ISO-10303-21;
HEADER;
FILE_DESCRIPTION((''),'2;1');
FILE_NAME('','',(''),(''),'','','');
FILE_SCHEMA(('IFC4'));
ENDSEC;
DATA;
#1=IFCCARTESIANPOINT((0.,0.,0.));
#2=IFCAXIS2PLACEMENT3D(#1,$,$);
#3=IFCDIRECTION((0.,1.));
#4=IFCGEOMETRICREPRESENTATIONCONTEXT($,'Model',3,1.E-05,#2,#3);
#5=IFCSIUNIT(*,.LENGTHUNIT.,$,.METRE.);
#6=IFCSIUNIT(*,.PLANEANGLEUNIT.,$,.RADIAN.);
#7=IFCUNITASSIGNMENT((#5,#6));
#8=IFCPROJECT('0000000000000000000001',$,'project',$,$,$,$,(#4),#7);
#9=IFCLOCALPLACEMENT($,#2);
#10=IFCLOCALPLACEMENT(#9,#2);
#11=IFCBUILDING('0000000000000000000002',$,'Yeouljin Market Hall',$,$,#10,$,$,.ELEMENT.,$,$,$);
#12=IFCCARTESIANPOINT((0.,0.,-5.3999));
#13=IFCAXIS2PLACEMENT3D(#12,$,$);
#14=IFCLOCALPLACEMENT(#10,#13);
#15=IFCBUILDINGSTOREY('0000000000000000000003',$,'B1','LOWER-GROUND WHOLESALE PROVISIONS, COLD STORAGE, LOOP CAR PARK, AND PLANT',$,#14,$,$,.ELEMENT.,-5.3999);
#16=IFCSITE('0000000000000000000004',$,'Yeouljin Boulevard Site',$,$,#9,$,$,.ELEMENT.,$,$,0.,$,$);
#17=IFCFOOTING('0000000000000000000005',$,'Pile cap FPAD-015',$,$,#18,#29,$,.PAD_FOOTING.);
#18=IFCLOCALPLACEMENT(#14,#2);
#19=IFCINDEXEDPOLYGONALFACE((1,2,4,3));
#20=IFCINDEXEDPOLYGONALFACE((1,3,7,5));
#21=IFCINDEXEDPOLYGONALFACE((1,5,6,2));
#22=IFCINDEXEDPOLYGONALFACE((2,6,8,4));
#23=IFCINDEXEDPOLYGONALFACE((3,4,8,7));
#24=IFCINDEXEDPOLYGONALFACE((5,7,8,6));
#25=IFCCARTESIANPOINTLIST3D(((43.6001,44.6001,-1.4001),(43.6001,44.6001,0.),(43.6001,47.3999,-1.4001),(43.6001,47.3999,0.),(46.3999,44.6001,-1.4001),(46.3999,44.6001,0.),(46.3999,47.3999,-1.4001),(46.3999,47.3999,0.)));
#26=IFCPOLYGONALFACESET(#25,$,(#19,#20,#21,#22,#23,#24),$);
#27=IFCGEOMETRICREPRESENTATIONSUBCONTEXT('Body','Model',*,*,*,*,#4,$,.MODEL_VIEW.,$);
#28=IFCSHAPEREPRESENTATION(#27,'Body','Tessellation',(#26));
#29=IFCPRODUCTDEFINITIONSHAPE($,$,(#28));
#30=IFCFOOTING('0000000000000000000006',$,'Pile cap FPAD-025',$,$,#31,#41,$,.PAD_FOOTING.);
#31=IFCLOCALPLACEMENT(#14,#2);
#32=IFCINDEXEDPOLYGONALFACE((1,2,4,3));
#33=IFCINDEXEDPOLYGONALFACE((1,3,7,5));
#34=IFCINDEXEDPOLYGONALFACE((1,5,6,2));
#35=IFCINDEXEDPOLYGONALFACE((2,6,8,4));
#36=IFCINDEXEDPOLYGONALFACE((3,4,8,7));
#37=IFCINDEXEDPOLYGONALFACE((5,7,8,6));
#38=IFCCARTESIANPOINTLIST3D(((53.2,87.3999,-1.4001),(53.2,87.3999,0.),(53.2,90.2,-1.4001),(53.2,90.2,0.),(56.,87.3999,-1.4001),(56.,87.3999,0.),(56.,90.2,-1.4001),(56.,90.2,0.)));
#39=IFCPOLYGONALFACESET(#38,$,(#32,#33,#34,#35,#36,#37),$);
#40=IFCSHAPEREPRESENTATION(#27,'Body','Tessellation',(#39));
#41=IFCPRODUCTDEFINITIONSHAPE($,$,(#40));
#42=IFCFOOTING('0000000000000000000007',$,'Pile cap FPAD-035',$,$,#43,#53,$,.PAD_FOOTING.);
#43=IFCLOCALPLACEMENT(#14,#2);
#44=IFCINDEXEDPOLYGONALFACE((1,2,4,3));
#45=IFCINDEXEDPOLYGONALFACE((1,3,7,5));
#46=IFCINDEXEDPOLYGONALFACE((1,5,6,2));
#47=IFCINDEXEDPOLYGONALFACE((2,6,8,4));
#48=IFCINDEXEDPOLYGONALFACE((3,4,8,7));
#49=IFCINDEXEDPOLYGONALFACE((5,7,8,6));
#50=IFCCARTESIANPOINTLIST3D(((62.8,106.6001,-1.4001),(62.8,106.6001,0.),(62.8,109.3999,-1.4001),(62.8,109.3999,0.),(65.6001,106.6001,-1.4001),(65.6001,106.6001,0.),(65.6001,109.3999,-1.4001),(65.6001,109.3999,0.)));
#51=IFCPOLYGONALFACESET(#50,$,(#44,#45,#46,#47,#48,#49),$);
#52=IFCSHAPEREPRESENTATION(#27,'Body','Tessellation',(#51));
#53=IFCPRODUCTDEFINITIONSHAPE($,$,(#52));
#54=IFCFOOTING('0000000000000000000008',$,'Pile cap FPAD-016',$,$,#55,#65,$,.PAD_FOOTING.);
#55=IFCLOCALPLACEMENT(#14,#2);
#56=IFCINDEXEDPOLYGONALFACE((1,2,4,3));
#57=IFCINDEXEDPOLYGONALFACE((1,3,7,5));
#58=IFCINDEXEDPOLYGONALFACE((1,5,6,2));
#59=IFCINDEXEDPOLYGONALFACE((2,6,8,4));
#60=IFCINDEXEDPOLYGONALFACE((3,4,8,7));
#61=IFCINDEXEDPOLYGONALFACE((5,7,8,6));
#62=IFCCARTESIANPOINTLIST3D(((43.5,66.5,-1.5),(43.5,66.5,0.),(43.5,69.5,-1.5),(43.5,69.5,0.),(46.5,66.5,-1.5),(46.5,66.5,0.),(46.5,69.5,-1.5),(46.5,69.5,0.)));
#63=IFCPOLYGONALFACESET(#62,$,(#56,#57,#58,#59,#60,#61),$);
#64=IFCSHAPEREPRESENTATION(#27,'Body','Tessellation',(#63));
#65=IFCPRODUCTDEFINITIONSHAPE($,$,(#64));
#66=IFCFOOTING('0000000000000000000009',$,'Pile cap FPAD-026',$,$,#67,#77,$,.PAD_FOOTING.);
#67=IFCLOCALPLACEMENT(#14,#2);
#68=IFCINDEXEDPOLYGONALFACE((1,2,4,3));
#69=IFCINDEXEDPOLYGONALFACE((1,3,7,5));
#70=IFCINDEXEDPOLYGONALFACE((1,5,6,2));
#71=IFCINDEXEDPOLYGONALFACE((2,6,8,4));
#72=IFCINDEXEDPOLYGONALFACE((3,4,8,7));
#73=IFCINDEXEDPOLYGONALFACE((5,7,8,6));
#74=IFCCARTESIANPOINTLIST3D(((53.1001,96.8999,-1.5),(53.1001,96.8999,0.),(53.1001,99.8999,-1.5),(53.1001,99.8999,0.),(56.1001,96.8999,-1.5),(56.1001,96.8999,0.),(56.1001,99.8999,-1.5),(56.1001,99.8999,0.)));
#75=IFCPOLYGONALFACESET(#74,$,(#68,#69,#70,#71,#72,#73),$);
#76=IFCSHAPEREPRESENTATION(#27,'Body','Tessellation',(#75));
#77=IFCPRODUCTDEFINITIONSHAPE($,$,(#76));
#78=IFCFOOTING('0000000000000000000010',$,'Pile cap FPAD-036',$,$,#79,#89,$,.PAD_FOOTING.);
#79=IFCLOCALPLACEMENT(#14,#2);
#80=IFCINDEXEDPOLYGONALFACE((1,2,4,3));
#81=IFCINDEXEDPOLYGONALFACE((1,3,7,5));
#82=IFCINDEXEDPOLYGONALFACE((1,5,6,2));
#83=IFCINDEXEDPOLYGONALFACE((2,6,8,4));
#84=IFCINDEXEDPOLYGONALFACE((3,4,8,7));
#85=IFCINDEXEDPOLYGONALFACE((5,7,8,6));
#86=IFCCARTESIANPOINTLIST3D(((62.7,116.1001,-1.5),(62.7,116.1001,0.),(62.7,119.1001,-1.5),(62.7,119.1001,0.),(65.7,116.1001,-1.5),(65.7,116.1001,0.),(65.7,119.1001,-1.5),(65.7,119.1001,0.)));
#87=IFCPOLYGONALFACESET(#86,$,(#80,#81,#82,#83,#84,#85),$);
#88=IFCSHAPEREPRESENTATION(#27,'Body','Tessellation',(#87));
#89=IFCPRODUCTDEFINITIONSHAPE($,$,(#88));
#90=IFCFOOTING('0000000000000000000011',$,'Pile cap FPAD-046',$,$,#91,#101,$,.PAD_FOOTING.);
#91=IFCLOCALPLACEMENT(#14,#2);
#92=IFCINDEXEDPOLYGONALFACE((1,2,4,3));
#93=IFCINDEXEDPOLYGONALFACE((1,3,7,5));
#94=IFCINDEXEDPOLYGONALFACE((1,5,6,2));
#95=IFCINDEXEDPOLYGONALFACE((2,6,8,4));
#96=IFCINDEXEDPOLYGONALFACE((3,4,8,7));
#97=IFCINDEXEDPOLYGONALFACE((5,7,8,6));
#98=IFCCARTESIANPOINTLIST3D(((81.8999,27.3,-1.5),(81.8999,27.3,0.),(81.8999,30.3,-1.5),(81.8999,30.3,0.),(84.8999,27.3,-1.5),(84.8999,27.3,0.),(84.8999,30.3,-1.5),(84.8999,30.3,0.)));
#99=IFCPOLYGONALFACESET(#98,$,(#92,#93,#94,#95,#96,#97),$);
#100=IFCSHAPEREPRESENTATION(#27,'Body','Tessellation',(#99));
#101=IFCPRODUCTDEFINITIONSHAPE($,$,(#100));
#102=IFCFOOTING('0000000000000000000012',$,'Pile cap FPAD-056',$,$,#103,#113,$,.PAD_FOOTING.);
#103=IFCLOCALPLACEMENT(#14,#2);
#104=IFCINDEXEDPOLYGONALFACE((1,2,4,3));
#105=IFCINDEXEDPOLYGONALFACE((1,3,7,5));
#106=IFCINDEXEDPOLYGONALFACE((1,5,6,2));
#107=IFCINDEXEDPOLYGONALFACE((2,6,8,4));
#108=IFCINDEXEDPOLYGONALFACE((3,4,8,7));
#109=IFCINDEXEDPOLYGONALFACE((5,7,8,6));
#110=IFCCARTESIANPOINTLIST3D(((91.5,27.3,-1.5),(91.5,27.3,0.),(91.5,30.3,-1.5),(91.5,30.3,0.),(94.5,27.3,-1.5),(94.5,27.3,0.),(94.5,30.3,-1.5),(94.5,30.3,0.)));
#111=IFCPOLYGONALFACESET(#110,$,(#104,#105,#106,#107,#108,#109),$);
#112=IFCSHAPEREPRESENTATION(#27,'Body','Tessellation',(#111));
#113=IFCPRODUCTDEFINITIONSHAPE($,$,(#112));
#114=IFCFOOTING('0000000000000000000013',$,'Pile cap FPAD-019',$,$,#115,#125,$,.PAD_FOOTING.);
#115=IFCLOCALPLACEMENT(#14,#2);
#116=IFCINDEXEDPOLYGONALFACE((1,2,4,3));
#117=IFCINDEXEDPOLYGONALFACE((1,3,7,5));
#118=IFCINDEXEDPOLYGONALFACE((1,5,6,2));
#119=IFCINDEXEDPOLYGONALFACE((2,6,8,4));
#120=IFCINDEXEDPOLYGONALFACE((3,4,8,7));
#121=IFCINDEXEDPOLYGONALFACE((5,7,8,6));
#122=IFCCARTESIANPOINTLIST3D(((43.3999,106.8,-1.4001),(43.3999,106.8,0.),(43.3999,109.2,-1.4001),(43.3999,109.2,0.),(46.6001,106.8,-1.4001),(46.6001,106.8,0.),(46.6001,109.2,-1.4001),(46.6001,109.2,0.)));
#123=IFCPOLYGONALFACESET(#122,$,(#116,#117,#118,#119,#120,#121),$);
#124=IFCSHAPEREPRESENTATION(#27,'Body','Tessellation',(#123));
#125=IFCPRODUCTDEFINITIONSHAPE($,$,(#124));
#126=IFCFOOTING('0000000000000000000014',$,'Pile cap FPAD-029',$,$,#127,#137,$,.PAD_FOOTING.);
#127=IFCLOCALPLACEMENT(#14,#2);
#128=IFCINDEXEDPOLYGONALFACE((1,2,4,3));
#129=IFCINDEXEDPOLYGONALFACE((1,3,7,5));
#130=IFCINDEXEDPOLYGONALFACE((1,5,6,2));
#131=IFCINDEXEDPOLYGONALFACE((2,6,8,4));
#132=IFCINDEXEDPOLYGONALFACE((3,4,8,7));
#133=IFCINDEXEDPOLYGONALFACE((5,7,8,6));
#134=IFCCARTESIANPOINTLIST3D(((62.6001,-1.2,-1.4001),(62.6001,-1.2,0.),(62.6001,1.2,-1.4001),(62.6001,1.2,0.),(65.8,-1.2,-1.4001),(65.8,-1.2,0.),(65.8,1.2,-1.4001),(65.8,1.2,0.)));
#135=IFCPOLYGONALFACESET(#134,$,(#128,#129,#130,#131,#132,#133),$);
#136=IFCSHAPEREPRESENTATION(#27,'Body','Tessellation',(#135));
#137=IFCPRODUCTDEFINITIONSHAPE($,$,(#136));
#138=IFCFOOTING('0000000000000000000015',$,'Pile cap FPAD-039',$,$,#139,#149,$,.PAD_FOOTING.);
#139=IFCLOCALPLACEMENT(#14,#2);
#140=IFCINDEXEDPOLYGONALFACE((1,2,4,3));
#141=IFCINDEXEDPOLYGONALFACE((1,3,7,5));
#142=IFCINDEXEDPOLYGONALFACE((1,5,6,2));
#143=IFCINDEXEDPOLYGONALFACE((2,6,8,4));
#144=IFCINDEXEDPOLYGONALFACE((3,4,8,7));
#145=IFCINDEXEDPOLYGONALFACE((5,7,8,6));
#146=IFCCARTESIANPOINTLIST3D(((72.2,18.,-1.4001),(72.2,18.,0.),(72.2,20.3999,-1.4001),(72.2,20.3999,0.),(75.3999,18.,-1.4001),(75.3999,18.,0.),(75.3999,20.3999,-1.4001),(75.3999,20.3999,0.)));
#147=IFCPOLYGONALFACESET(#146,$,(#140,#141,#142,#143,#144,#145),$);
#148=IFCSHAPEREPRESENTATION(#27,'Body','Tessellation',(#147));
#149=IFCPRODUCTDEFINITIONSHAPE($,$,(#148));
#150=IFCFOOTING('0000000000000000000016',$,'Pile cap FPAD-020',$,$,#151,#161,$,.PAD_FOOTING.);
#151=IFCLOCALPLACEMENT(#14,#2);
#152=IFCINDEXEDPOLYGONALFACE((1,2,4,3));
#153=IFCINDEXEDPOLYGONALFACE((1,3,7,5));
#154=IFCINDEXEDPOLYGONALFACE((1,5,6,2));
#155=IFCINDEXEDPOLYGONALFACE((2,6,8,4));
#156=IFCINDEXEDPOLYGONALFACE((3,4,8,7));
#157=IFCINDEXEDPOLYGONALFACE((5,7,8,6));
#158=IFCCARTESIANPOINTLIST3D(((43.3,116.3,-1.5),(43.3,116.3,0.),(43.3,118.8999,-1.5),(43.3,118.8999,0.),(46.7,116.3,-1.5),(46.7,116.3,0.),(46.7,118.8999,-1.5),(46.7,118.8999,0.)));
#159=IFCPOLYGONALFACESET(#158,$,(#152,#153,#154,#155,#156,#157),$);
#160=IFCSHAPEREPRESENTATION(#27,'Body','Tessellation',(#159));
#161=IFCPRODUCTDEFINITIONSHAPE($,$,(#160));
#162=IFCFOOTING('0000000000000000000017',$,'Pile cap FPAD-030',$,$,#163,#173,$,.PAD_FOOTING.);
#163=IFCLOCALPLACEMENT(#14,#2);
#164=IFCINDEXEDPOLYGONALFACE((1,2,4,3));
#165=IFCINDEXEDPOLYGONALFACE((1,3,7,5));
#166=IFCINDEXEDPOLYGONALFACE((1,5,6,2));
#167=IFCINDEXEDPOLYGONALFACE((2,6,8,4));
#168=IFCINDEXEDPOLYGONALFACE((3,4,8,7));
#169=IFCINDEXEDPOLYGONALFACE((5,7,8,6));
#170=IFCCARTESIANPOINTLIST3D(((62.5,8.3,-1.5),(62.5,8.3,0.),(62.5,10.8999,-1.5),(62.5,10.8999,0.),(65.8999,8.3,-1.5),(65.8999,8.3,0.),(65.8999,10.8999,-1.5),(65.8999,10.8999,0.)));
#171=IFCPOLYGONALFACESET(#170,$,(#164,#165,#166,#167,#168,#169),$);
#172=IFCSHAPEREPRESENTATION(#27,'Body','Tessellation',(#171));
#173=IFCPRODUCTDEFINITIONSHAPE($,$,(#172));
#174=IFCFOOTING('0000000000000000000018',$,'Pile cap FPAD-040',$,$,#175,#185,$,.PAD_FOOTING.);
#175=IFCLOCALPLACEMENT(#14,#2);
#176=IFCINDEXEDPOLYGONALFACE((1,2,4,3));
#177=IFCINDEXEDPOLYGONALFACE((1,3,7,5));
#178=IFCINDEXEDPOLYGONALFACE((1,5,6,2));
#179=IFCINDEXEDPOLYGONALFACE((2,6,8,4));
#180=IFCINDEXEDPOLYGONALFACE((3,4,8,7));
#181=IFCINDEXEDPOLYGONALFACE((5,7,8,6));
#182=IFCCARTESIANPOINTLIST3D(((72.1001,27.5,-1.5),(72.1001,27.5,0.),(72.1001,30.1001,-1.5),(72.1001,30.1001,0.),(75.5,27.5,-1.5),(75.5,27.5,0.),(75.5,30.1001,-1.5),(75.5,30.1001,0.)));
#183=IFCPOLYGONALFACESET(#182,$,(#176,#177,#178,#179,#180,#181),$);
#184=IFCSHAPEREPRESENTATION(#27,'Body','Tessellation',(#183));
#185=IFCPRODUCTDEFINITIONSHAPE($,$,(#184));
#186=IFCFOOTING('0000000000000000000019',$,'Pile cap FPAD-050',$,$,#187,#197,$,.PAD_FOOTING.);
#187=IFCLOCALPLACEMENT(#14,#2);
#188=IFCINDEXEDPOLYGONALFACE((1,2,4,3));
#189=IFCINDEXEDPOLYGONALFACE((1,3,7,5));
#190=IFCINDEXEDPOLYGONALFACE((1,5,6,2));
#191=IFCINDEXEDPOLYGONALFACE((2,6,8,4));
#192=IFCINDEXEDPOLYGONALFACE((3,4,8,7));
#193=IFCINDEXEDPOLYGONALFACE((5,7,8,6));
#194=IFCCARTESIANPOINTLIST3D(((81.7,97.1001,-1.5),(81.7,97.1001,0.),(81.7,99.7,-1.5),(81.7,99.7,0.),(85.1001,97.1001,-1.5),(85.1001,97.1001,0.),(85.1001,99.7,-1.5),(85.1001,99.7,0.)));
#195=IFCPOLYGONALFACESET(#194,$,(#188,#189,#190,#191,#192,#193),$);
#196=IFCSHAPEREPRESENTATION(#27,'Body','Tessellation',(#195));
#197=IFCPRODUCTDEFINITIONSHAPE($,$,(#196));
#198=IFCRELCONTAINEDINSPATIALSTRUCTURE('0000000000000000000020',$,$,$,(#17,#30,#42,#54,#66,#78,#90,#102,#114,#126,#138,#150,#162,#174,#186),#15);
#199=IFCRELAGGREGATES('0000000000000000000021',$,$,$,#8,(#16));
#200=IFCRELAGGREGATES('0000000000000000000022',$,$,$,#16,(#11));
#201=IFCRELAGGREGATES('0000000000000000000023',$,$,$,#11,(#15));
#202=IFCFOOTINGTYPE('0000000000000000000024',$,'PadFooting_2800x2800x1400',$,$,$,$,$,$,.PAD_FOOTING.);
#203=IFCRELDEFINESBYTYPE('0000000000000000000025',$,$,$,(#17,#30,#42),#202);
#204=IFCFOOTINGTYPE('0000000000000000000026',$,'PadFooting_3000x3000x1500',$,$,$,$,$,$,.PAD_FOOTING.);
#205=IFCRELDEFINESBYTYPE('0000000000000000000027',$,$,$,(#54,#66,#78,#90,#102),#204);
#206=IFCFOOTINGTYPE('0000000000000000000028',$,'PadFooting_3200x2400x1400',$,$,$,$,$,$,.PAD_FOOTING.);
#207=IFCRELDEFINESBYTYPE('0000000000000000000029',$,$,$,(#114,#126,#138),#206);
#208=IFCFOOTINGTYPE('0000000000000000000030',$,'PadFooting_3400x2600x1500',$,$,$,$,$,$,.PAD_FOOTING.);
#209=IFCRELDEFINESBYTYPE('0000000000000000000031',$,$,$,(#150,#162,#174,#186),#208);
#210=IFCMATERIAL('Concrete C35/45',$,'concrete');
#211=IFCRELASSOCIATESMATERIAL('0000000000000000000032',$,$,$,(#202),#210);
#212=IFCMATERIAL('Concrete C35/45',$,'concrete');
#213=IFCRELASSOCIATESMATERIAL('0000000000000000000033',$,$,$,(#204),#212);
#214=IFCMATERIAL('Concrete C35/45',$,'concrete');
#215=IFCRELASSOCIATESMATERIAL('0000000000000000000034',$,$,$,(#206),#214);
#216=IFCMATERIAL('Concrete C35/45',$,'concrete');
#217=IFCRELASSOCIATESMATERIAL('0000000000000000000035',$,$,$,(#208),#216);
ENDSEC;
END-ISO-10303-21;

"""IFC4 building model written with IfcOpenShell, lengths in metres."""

from ifc_helpers import new_model, si_unit, direction, frame, origin, place, context, subcontext, project, spatial, polyline, outline, extrude, material, type_object, element, save


model = new_model("IFC4")

# Units and contexts
model_context = context("Model", 3, precision=1e-05, world=origin(), true_north=direction((0.0, 1.0)))
body_context = subcontext(model_context, "Body", "Model", "MODEL_VIEW")
ifc_project = project(units=[si_unit("LENGTHUNIT", "METRE"), si_unit("PLANEANGLEUNIT", "RADIAN")], contexts=[model_context])

# Site, building, storey
site_placement = place(None, origin())
site = spatial("IfcSite", under=ifc_project, at=site_placement, Name="Yeouljin Boulevard Site", CompositionType="ELEMENT", RefElevation=0.0)
building_placement = place(site_placement, origin())
building = spatial("IfcBuilding", under=site, at=building_placement, Name="Yeouljin Market Hall", CompositionType="ELEMENT")
storey_placement = place(building_placement, frame((0.0, 0.0, -5.3999)))
storey = spatial("IfcBuildingStorey", under=building, at=storey_placement, Name="B1", Description="LOWER-GROUND WHOLESALE PROVISIONS, COLD STORAGE, LOOP CAR PARK, AND PLANT", CompositionType="ELEMENT", Elevation=-5.3999)

# Footings
ifc_material_1 = material(Name="Concrete C35/45", Category="concrete")
footing_type_1 = type_object("IfcFootingType", Name="PadFooting_2800x2800x1400", PredefinedType="PAD_FOOTING", material=ifc_material_1)
footing_1_placement = place(storey_placement, frame((0.0, 0.0, -1.4001)))
element("IfcFooting", 1, at=footing_1_placement, inside=storey, type_object=footing_type_1, Name="Pile cap FPAD-015", PredefinedType="PAD_FOOTING", context=body_context, shape_type="SweptSolid", body=[
    extrude(outline(polyline([(43.6001, 44.6001), (46.3999, 44.6001), (46.3999, 47.3999), (43.6001, 47.3999), (43.6001, 44.6001)])), origin(), (0.0, 0.0, 1.0), 1.4001),
])
footing_2_placement = place(storey_placement, frame((0.0, 0.0, -1.4001)))
element("IfcFooting", 2, at=footing_2_placement, inside=storey, type_object=footing_type_1, Name="Pile cap FPAD-025", PredefinedType="PAD_FOOTING", context=body_context, shape_type="SweptSolid", body=[
    extrude(outline(polyline([(53.2, 87.3999), (56.0, 87.3999), (56.0, 90.2), (53.2, 90.2), (53.2, 87.3999)])), origin(), (0.0, 0.0, 1.0), 1.4001),
])
footing_3_placement = place(storey_placement, frame((0.0, 0.0, -1.4001)))
element("IfcFooting", 3, at=footing_3_placement, inside=storey, type_object=footing_type_1, Name="Pile cap FPAD-035", PredefinedType="PAD_FOOTING", context=body_context, shape_type="SweptSolid", body=[
    extrude(outline(polyline([(62.8, 106.6001), (65.6001, 106.6001), (65.6001, 109.3999), (62.8, 109.3999), (62.8, 106.6001)])), origin(), (0.0, 0.0, 1.0), 1.4001),
])
ifc_material_2 = material(Name="Concrete C35/45", Category="concrete")
footing_type_2 = type_object("IfcFootingType", Name="PadFooting_3000x3000x1500", PredefinedType="PAD_FOOTING", material=ifc_material_2)
footing_4_placement = place(storey_placement, frame((0.0, 0.0, -1.5)))
element("IfcFooting", 4, at=footing_4_placement, inside=storey, type_object=footing_type_2, Name="Pile cap FPAD-016", PredefinedType="PAD_FOOTING", context=body_context, shape_type="SweptSolid", body=[
    extrude(outline(polyline([(43.5, 66.5), (46.5, 66.5), (46.5, 69.5), (43.5, 69.5), (43.5, 66.5)])), origin(), (0.0, 0.0, 1.0), 1.5),
])
footing_5_placement = place(storey_placement, frame((0.0, 0.0, -1.5)))
element("IfcFooting", 5, at=footing_5_placement, inside=storey, type_object=footing_type_2, Name="Pile cap FPAD-026", PredefinedType="PAD_FOOTING", context=body_context, shape_type="SweptSolid", body=[
    extrude(outline(polyline([(53.1001, 96.8999), (56.1001, 96.8999), (56.1001, 99.8999), (53.1001, 99.8999), (53.1001, 96.8999)])), origin(), (0.0, 0.0, 1.0), 1.5),
])
footing_6_placement = place(storey_placement, frame((0.0, 0.0, -1.5)))
element("IfcFooting", 6, at=footing_6_placement, inside=storey, type_object=footing_type_2, Name="Pile cap FPAD-036", PredefinedType="PAD_FOOTING", context=body_context, shape_type="SweptSolid", body=[
    extrude(outline(polyline([(62.7, 116.1001), (65.7, 116.1001), (65.7, 119.1001), (62.7, 119.1001), (62.7, 116.1001)])), origin(), (0.0, 0.0, 1.0), 1.5),
])
footing_7_placement = place(storey_placement, frame((0.0, 0.0, -1.5)))
element("IfcFooting", 7, at=footing_7_placement, inside=storey, type_object=footing_type_2, Name="Pile cap FPAD-046", PredefinedType="PAD_FOOTING", context=body_context, shape_type="SweptSolid", body=[
    extrude(outline(polyline([(81.8999, 27.3), (84.8999, 27.3), (84.8999, 30.3), (81.8999, 30.3), (81.8999, 27.3)])), origin(), (0.0, 0.0, 1.0), 1.5),
])
footing_8_placement = place(storey_placement, frame((0.0, 0.0, -1.5)))
element("IfcFooting", 8, at=footing_8_placement, inside=storey, type_object=footing_type_2, Name="Pile cap FPAD-056", PredefinedType="PAD_FOOTING", context=body_context, shape_type="SweptSolid", body=[
    extrude(outline(polyline([(91.5, 27.3), (94.5, 27.3), (94.5, 30.3), (91.5, 30.3), (91.5, 27.3)])), origin(), (0.0, 0.0, 1.0), 1.5),
])
ifc_material_3 = material(Name="Concrete C35/45", Category="concrete")
footing_type_3 = type_object("IfcFootingType", Name="PadFooting_3200x2400x1400", PredefinedType="PAD_FOOTING", material=ifc_material_3)
footing_9_placement = place(storey_placement, frame((0.0, 0.0, -1.4001)))
element("IfcFooting", 9, at=footing_9_placement, inside=storey, type_object=footing_type_3, Name="Pile cap FPAD-019", PredefinedType="PAD_FOOTING", context=body_context, shape_type="SweptSolid", body=[
    extrude(outline(polyline([(43.3999, 106.8), (46.6001, 106.8), (46.6001, 109.2), (43.3999, 109.2), (43.3999, 106.8)])), origin(), (0.0, 0.0, 1.0), 1.4001),
])
footing_10_placement = place(storey_placement, frame((0.0, 0.0, -1.4001)))
element("IfcFooting", 10, at=footing_10_placement, inside=storey, type_object=footing_type_3, Name="Pile cap FPAD-029", PredefinedType="PAD_FOOTING", context=body_context, shape_type="SweptSolid", body=[
    extrude(outline(polyline([(62.6001, -1.2), (65.8, -1.2), (65.8, 1.2), (62.6001, 1.2), (62.6001, -1.2)])), origin(), (0.0, 0.0, 1.0), 1.4001),
])
footing_11_placement = place(storey_placement, frame((0.0, 0.0, -1.4001)))
element("IfcFooting", 11, at=footing_11_placement, inside=storey, type_object=footing_type_3, Name="Pile cap FPAD-039", PredefinedType="PAD_FOOTING", context=body_context, shape_type="SweptSolid", body=[
    extrude(outline(polyline([(72.2, 18.0), (75.3999, 18.0), (75.3999, 20.3999), (72.2, 20.3999), (72.2, 18.0)])), origin(), (0.0, 0.0, 1.0), 1.4001),
])
ifc_material_4 = material(Name="Concrete C35/45", Category="concrete")
footing_type_4 = type_object("IfcFootingType", Name="PadFooting_3400x2600x1500", PredefinedType="PAD_FOOTING", material=ifc_material_4)
footing_12_placement = place(storey_placement, frame((0.0, 0.0, -1.5)))
element("IfcFooting", 12, at=footing_12_placement, inside=storey, type_object=footing_type_4, Name="Pile cap FPAD-020", PredefinedType="PAD_FOOTING", context=body_context, shape_type="SweptSolid", body=[
    extrude(outline(polyline([(43.3, 116.3), (46.7, 116.3), (46.7, 118.8999), (43.3, 118.8999), (43.3, 116.3)])), origin(), (0.0, 0.0, 1.0), 1.5),
])
footing_13_placement = place(storey_placement, frame((0.0, 0.0, -1.5)))
element("IfcFooting", 13, at=footing_13_placement, inside=storey, type_object=footing_type_4, Name="Pile cap FPAD-030", PredefinedType="PAD_FOOTING", context=body_context, shape_type="SweptSolid", body=[
    extrude(outline(polyline([(62.5, 8.3), (65.8999, 8.3), (65.8999, 10.8999), (62.5, 10.8999), (62.5, 8.3)])), origin(), (0.0, 0.0, 1.0), 1.5),
])
footing_14_placement = place(storey_placement, frame((0.0, 0.0, -1.5)))
element("IfcFooting", 14, at=footing_14_placement, inside=storey, type_object=footing_type_4, Name="Pile cap FPAD-040", PredefinedType="PAD_FOOTING", context=body_context, shape_type="SweptSolid", body=[
    extrude(outline(polyline([(72.1001, 27.5), (75.5, 27.5), (75.5, 30.1001), (72.1001, 30.1001), (72.1001, 27.5)])), origin(), (0.0, 0.0, 1.0), 1.5),
])
footing_15_placement = place(storey_placement, frame((0.0, 0.0, -1.5)))
element("IfcFooting", 15, at=footing_15_placement, inside=storey, type_object=footing_type_4, Name="Pile cap FPAD-050", PredefinedType="PAD_FOOTING", context=body_context, shape_type="SweptSolid", body=[
    extrude(outline(polyline([(81.7, 97.1001), (85.1001, 97.1001), (85.1001, 99.7), (81.7, 99.7), (81.7, 97.1001)])), origin(), (0.0, 0.0, 1.0), 1.5),
])

save(model, "model.ifc")
